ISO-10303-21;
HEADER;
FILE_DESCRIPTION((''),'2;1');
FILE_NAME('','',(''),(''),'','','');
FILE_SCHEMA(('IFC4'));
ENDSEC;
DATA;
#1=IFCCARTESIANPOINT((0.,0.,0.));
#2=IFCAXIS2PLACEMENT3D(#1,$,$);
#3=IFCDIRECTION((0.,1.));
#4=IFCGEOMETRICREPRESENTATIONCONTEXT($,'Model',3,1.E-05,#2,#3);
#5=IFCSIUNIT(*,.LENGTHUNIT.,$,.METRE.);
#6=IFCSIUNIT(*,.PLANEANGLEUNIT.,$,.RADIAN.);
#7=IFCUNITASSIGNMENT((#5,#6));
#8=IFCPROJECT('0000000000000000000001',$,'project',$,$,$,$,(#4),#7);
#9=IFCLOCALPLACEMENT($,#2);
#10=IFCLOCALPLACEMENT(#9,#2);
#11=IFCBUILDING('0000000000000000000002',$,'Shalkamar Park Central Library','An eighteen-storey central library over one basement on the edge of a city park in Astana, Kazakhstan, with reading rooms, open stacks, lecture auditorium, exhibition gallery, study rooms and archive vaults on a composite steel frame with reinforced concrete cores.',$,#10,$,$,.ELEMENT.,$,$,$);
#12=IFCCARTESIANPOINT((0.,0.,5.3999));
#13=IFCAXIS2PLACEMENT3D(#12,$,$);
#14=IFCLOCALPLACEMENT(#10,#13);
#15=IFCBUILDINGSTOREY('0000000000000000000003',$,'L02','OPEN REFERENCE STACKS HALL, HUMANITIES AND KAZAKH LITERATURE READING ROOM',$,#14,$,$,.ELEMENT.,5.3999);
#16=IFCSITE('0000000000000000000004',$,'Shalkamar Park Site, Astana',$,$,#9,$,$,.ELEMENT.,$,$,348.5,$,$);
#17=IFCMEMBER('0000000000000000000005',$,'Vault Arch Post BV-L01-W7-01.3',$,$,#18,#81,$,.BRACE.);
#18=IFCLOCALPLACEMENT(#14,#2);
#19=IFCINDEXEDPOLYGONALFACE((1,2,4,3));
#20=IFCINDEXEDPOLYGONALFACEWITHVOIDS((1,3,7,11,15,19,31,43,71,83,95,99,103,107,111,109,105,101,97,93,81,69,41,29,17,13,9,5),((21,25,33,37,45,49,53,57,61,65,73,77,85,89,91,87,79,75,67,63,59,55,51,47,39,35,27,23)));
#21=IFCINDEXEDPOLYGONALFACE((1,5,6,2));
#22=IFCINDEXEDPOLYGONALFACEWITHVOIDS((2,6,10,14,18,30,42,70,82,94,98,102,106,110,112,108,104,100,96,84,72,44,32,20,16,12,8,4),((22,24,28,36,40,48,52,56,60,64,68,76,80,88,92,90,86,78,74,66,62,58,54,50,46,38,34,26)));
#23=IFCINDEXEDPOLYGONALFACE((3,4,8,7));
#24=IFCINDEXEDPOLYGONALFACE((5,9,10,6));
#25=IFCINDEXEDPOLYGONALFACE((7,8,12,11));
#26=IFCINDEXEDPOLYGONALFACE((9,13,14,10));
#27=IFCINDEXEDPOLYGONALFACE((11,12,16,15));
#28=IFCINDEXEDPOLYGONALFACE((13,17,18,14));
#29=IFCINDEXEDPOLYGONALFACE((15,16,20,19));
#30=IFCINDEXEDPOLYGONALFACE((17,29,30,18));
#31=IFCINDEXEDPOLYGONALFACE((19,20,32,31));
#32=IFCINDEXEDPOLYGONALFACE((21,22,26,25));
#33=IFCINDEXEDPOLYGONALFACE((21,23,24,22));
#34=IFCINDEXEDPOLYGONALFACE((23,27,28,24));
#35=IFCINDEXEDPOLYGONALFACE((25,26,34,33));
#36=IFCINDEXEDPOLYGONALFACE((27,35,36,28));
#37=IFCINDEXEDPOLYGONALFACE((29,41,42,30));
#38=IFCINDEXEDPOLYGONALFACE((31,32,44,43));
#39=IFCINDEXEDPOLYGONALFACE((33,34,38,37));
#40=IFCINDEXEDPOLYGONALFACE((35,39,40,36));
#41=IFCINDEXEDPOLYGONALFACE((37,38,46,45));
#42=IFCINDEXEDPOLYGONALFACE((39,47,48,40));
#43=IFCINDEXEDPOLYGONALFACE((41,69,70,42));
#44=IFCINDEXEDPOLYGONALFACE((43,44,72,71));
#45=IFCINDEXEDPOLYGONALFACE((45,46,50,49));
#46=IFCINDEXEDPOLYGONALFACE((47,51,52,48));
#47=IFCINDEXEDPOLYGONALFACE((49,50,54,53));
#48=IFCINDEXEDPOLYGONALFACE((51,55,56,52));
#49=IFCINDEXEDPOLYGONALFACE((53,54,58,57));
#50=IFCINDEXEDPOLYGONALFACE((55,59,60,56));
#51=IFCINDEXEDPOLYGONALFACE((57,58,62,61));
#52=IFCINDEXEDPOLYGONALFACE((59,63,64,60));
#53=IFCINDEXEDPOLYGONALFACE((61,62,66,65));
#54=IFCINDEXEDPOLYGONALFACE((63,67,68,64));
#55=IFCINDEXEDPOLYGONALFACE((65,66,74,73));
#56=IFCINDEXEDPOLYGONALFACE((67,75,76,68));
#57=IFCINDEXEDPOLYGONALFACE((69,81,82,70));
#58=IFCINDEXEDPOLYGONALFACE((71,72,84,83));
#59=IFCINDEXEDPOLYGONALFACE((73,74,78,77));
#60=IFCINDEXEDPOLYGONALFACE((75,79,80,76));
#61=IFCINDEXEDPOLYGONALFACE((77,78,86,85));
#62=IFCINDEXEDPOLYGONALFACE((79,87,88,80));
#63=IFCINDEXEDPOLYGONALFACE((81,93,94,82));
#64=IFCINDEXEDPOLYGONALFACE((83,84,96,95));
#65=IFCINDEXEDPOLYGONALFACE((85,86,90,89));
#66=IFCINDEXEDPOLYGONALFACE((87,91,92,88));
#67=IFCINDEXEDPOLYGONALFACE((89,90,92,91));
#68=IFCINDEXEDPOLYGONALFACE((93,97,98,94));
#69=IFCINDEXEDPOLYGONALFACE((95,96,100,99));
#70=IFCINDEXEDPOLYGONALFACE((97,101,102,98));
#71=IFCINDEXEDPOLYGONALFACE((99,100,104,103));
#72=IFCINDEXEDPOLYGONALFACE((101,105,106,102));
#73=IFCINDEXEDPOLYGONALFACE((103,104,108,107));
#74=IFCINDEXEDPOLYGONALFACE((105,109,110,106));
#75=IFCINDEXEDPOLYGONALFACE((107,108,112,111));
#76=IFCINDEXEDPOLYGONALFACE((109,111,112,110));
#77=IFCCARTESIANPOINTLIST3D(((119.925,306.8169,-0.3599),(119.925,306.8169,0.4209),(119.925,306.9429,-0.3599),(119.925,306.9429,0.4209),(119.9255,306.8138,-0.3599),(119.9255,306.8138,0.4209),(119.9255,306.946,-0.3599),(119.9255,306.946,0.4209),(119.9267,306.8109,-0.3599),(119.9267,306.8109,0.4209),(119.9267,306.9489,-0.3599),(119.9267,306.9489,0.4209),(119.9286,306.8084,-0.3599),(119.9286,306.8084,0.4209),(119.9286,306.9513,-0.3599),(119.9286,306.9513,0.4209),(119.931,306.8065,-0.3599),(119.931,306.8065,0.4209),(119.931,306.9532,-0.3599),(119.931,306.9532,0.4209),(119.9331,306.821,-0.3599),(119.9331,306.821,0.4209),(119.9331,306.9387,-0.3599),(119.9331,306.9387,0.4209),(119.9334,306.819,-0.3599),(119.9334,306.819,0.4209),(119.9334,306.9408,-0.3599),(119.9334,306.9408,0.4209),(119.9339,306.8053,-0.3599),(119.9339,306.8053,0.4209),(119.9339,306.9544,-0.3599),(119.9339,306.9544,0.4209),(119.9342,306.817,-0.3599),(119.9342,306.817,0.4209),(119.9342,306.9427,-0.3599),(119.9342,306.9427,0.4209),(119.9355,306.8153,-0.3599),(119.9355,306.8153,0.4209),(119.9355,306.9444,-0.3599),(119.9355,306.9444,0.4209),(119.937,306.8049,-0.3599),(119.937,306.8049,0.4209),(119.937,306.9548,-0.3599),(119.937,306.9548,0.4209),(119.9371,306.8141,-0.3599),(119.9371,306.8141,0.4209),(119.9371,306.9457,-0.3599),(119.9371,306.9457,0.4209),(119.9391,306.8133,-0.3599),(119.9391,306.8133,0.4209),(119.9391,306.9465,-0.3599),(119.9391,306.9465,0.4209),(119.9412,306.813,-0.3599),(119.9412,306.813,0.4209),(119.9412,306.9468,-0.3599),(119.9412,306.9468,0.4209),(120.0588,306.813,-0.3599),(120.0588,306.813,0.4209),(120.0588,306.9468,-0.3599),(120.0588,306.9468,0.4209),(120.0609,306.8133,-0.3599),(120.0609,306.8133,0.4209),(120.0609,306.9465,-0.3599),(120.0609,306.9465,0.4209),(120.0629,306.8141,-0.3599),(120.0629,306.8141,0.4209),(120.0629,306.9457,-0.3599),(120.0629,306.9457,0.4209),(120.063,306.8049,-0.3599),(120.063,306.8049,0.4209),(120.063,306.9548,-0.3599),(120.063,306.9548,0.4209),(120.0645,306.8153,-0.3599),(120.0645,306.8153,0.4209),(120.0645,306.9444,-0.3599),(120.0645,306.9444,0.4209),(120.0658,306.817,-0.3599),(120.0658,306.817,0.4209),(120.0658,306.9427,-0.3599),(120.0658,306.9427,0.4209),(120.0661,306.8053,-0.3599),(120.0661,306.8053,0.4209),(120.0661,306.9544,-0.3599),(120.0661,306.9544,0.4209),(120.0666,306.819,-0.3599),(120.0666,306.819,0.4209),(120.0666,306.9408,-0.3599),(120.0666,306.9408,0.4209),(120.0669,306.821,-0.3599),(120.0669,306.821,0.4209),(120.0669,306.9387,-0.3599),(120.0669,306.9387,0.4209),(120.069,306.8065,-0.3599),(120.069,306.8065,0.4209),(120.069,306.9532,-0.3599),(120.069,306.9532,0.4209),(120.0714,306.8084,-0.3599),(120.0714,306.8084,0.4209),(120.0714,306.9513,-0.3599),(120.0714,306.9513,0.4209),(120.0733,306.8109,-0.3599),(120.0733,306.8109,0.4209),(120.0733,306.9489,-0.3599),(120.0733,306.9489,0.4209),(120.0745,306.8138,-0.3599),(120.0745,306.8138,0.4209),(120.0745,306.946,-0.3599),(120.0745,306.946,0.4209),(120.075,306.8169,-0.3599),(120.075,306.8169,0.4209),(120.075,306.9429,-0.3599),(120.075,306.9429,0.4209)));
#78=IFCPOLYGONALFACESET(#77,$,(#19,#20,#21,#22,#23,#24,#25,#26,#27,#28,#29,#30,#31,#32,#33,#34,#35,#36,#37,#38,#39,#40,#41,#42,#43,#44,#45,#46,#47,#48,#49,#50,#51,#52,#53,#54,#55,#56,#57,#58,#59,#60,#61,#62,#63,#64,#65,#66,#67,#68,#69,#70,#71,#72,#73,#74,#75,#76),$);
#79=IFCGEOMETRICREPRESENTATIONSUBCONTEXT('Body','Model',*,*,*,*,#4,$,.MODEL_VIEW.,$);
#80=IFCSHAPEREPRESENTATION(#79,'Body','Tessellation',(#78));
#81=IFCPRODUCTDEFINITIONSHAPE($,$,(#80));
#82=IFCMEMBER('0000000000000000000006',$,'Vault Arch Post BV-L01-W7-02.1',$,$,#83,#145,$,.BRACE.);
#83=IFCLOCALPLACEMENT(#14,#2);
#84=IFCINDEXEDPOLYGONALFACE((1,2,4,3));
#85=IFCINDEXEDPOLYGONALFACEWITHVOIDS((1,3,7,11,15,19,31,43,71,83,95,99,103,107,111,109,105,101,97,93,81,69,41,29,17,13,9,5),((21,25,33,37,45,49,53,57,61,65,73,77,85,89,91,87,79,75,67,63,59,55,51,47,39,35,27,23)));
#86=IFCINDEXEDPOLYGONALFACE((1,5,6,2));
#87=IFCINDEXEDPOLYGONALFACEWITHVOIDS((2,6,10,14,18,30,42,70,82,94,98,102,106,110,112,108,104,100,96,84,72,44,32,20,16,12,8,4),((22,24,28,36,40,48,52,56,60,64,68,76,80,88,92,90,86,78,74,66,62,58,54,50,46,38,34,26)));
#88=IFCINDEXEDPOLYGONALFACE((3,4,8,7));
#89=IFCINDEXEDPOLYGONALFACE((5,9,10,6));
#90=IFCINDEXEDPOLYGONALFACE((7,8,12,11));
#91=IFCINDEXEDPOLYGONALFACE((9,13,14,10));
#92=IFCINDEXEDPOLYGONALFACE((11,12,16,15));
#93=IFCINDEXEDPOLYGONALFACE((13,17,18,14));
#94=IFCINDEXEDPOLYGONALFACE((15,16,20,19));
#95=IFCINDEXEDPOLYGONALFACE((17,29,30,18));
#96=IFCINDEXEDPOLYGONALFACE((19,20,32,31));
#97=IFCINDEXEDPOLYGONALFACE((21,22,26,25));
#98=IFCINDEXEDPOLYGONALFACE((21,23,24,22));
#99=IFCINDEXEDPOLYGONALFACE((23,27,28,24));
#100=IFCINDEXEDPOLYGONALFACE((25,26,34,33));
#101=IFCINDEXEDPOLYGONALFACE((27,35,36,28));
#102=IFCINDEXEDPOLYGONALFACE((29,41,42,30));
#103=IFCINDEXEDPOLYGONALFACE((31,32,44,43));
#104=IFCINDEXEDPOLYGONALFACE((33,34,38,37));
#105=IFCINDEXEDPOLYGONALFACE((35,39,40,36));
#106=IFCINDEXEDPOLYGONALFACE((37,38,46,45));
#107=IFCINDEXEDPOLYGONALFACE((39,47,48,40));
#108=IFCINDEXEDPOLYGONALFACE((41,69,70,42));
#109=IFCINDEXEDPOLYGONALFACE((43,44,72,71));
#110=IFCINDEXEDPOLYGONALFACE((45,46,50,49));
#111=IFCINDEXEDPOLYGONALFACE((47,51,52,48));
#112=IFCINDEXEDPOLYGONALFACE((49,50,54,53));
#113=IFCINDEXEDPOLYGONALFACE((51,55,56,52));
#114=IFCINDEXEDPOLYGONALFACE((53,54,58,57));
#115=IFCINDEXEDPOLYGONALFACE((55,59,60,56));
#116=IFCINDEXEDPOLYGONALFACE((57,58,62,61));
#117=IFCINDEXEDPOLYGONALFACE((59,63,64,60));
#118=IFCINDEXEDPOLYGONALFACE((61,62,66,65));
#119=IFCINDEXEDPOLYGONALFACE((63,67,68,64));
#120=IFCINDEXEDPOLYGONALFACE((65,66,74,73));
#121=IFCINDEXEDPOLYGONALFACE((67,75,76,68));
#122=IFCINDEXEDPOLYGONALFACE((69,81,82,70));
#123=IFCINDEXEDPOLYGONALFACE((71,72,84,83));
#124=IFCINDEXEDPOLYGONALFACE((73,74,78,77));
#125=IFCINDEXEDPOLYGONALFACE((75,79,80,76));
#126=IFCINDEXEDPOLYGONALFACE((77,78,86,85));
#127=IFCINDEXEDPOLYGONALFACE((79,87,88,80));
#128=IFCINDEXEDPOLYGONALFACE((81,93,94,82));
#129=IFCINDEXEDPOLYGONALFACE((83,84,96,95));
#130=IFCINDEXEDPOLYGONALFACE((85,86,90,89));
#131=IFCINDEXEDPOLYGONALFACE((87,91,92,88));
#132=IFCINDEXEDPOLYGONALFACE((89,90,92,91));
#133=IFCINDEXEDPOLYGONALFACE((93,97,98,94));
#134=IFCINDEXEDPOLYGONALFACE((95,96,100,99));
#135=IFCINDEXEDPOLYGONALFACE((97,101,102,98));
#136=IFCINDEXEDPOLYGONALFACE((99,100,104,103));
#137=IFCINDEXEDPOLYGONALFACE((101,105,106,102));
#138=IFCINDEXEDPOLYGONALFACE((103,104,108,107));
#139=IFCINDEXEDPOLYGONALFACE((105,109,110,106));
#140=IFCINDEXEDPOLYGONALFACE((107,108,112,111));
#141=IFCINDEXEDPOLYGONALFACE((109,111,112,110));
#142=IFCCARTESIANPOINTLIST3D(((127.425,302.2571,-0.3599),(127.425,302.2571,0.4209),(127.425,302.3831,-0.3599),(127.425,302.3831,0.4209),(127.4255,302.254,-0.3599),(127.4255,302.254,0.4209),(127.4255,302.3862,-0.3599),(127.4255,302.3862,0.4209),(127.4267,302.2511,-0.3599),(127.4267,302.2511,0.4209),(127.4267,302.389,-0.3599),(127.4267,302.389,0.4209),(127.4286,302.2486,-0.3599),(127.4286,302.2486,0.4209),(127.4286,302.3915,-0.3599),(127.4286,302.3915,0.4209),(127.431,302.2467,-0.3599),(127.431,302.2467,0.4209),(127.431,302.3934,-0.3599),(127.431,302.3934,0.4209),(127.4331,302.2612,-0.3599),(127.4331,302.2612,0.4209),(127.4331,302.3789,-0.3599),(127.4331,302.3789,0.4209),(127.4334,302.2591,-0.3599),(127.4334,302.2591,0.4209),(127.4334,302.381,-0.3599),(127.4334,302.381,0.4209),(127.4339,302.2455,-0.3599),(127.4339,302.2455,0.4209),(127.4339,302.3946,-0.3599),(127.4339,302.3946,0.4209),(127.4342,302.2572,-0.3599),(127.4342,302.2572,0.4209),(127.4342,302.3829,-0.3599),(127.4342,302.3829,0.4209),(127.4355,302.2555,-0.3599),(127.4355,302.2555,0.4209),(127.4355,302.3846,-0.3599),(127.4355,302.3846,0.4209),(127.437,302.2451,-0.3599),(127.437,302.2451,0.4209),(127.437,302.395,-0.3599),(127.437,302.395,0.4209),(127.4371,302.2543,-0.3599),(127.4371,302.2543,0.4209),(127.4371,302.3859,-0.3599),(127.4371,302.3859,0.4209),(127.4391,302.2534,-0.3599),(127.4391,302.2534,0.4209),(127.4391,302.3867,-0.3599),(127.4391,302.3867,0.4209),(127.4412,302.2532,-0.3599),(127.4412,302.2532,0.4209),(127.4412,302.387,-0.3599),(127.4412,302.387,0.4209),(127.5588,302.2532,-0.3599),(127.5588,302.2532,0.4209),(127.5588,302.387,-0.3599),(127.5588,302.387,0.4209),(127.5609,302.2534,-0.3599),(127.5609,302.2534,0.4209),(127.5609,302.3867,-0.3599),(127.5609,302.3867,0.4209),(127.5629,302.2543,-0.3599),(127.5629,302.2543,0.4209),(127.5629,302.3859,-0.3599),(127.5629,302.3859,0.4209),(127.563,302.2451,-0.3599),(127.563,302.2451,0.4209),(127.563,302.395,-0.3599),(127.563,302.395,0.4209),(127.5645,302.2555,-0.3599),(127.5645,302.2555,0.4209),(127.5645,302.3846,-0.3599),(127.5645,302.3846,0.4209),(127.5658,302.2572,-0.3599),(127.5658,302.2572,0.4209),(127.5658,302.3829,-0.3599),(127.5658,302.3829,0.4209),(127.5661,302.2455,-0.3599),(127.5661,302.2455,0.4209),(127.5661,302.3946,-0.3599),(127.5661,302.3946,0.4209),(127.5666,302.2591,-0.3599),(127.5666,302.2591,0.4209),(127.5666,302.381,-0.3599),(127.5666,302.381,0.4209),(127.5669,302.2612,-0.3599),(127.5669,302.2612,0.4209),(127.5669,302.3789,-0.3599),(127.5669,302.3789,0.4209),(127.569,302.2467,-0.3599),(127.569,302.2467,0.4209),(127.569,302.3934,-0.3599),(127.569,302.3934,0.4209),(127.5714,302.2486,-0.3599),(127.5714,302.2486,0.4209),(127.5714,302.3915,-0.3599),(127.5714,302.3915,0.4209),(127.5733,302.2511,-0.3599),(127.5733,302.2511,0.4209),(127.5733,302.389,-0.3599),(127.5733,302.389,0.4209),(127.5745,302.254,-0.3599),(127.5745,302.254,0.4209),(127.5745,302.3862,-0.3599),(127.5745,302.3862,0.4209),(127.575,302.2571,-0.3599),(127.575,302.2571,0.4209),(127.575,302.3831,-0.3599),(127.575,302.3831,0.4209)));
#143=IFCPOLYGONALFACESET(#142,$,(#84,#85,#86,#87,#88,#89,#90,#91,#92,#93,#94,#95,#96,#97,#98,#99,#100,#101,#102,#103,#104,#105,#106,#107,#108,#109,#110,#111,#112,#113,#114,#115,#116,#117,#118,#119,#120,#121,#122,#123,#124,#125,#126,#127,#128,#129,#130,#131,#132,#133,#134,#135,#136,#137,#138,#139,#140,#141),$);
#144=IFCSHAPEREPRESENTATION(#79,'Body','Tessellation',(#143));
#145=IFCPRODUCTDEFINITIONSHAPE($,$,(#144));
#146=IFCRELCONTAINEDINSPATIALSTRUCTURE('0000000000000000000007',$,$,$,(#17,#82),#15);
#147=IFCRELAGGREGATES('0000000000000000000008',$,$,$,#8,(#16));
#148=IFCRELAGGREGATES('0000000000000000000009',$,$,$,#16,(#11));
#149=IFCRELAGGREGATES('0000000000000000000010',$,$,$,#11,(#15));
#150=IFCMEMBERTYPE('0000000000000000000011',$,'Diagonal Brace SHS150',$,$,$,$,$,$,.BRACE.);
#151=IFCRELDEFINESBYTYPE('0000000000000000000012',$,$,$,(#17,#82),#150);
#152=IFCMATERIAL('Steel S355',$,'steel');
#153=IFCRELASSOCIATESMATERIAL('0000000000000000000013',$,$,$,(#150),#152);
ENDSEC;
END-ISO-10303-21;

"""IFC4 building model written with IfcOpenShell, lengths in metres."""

from ifc_helpers import new_model, si_unit, direction, frame, origin, origin_2d, place, context, subcontext, project, spatial, hollow_rectangle, extrude, material, material_profile, profile_set, type_object, element, save


model = new_model("IFC4")

# Units and contexts
model_context = context("Model", 3, precision=1e-05, world=origin(), true_north=direction((0.0, 1.0)))
body_context = subcontext(model_context, "Body", "Model", "MODEL_VIEW")
ifc_project = project(units=[si_unit("LENGTHUNIT", "METRE"), si_unit("PLANEANGLEUNIT", "RADIAN")], contexts=[model_context])

# Site, building, storey
site_placement = place(None, origin())
site = spatial("IfcSite", under=ifc_project, at=site_placement, Name="Shalkamar Park Site, Astana", CompositionType="ELEMENT", RefElevation=348.5)
building_placement = place(site_placement, origin())
building = spatial("IfcBuilding", under=site, at=building_placement, Name="Shalkamar Park Central Library", Description="An eighteen-storey central library over one basement on the edge of a city park in Astana, Kazakhstan, with reading rooms, open stacks, lecture auditorium, exhibition gallery, study rooms and archive vaults on a composite steel frame with reinforced concrete cores.", CompositionType="ELEMENT")
storey_placement = place(building_placement, frame((0.0, 0.0, 5.3999)))
storey = spatial("IfcBuildingStorey", under=building, at=storey_placement, Name="L02", Description="OPEN REFERENCE STACKS HALL, HUMANITIES AND KAZAKH LITERATURE READING ROOM", CompositionType="ELEMENT", Elevation=5.3999)

# Shared definitions
ifc_material_1 = material(Name="Steel S355", Category="steel")

# Members
ifc_material_profile_1 = material_profile(ifc_material_1, hollow_rectangle(XDim=0.1499, YDim=0.1499, WallThickness=0.0081, InnerFilletRadius=0.0081, OuterFilletRadius=0.012, at=origin_2d()), Name="SHS 150x150x8")
ifc_profile_set_1 = profile_set([ifc_material_profile_1], Name="Steel S355")
member_type_1 = type_object("IfcMemberType", Name="Diagonal Brace SHS150", PredefinedType="BRACE", material=ifc_profile_set_1)
for number, where, z_axis, x_axis, name in (
    (1, (120.0, 306.8799, -0.3599), (0.0, 0.0, 1.0), (1.0, 0.0, 0.0), "Vault Arch Post BV-L01-W7-01.3"),
    (2, (127.5, 302.3201, -0.3599), (0.0, 0.0, 1.0), (1.0, 0.0, 0.0), "Vault Arch Post BV-L01-W7-02.1"),
):
    element("IfcMember", number, at=place(storey_placement, frame(where, z_axis=z_axis, x_axis=x_axis)), inside=storey, type_object=member_type_1, Name=name, PredefinedType="BRACE", context=body_context, shape_type="SweptSolid", body=[
        extrude(hollow_rectangle(XDim=0.1499, YDim=0.1499, WallThickness=0.0081, InnerFilletRadius=0.0081, OuterFilletRadius=0.012, at=origin_2d()), origin(), (0.0, 0.0, 1.0), 0.7808),
    ])

save(model, "model.ifc")
